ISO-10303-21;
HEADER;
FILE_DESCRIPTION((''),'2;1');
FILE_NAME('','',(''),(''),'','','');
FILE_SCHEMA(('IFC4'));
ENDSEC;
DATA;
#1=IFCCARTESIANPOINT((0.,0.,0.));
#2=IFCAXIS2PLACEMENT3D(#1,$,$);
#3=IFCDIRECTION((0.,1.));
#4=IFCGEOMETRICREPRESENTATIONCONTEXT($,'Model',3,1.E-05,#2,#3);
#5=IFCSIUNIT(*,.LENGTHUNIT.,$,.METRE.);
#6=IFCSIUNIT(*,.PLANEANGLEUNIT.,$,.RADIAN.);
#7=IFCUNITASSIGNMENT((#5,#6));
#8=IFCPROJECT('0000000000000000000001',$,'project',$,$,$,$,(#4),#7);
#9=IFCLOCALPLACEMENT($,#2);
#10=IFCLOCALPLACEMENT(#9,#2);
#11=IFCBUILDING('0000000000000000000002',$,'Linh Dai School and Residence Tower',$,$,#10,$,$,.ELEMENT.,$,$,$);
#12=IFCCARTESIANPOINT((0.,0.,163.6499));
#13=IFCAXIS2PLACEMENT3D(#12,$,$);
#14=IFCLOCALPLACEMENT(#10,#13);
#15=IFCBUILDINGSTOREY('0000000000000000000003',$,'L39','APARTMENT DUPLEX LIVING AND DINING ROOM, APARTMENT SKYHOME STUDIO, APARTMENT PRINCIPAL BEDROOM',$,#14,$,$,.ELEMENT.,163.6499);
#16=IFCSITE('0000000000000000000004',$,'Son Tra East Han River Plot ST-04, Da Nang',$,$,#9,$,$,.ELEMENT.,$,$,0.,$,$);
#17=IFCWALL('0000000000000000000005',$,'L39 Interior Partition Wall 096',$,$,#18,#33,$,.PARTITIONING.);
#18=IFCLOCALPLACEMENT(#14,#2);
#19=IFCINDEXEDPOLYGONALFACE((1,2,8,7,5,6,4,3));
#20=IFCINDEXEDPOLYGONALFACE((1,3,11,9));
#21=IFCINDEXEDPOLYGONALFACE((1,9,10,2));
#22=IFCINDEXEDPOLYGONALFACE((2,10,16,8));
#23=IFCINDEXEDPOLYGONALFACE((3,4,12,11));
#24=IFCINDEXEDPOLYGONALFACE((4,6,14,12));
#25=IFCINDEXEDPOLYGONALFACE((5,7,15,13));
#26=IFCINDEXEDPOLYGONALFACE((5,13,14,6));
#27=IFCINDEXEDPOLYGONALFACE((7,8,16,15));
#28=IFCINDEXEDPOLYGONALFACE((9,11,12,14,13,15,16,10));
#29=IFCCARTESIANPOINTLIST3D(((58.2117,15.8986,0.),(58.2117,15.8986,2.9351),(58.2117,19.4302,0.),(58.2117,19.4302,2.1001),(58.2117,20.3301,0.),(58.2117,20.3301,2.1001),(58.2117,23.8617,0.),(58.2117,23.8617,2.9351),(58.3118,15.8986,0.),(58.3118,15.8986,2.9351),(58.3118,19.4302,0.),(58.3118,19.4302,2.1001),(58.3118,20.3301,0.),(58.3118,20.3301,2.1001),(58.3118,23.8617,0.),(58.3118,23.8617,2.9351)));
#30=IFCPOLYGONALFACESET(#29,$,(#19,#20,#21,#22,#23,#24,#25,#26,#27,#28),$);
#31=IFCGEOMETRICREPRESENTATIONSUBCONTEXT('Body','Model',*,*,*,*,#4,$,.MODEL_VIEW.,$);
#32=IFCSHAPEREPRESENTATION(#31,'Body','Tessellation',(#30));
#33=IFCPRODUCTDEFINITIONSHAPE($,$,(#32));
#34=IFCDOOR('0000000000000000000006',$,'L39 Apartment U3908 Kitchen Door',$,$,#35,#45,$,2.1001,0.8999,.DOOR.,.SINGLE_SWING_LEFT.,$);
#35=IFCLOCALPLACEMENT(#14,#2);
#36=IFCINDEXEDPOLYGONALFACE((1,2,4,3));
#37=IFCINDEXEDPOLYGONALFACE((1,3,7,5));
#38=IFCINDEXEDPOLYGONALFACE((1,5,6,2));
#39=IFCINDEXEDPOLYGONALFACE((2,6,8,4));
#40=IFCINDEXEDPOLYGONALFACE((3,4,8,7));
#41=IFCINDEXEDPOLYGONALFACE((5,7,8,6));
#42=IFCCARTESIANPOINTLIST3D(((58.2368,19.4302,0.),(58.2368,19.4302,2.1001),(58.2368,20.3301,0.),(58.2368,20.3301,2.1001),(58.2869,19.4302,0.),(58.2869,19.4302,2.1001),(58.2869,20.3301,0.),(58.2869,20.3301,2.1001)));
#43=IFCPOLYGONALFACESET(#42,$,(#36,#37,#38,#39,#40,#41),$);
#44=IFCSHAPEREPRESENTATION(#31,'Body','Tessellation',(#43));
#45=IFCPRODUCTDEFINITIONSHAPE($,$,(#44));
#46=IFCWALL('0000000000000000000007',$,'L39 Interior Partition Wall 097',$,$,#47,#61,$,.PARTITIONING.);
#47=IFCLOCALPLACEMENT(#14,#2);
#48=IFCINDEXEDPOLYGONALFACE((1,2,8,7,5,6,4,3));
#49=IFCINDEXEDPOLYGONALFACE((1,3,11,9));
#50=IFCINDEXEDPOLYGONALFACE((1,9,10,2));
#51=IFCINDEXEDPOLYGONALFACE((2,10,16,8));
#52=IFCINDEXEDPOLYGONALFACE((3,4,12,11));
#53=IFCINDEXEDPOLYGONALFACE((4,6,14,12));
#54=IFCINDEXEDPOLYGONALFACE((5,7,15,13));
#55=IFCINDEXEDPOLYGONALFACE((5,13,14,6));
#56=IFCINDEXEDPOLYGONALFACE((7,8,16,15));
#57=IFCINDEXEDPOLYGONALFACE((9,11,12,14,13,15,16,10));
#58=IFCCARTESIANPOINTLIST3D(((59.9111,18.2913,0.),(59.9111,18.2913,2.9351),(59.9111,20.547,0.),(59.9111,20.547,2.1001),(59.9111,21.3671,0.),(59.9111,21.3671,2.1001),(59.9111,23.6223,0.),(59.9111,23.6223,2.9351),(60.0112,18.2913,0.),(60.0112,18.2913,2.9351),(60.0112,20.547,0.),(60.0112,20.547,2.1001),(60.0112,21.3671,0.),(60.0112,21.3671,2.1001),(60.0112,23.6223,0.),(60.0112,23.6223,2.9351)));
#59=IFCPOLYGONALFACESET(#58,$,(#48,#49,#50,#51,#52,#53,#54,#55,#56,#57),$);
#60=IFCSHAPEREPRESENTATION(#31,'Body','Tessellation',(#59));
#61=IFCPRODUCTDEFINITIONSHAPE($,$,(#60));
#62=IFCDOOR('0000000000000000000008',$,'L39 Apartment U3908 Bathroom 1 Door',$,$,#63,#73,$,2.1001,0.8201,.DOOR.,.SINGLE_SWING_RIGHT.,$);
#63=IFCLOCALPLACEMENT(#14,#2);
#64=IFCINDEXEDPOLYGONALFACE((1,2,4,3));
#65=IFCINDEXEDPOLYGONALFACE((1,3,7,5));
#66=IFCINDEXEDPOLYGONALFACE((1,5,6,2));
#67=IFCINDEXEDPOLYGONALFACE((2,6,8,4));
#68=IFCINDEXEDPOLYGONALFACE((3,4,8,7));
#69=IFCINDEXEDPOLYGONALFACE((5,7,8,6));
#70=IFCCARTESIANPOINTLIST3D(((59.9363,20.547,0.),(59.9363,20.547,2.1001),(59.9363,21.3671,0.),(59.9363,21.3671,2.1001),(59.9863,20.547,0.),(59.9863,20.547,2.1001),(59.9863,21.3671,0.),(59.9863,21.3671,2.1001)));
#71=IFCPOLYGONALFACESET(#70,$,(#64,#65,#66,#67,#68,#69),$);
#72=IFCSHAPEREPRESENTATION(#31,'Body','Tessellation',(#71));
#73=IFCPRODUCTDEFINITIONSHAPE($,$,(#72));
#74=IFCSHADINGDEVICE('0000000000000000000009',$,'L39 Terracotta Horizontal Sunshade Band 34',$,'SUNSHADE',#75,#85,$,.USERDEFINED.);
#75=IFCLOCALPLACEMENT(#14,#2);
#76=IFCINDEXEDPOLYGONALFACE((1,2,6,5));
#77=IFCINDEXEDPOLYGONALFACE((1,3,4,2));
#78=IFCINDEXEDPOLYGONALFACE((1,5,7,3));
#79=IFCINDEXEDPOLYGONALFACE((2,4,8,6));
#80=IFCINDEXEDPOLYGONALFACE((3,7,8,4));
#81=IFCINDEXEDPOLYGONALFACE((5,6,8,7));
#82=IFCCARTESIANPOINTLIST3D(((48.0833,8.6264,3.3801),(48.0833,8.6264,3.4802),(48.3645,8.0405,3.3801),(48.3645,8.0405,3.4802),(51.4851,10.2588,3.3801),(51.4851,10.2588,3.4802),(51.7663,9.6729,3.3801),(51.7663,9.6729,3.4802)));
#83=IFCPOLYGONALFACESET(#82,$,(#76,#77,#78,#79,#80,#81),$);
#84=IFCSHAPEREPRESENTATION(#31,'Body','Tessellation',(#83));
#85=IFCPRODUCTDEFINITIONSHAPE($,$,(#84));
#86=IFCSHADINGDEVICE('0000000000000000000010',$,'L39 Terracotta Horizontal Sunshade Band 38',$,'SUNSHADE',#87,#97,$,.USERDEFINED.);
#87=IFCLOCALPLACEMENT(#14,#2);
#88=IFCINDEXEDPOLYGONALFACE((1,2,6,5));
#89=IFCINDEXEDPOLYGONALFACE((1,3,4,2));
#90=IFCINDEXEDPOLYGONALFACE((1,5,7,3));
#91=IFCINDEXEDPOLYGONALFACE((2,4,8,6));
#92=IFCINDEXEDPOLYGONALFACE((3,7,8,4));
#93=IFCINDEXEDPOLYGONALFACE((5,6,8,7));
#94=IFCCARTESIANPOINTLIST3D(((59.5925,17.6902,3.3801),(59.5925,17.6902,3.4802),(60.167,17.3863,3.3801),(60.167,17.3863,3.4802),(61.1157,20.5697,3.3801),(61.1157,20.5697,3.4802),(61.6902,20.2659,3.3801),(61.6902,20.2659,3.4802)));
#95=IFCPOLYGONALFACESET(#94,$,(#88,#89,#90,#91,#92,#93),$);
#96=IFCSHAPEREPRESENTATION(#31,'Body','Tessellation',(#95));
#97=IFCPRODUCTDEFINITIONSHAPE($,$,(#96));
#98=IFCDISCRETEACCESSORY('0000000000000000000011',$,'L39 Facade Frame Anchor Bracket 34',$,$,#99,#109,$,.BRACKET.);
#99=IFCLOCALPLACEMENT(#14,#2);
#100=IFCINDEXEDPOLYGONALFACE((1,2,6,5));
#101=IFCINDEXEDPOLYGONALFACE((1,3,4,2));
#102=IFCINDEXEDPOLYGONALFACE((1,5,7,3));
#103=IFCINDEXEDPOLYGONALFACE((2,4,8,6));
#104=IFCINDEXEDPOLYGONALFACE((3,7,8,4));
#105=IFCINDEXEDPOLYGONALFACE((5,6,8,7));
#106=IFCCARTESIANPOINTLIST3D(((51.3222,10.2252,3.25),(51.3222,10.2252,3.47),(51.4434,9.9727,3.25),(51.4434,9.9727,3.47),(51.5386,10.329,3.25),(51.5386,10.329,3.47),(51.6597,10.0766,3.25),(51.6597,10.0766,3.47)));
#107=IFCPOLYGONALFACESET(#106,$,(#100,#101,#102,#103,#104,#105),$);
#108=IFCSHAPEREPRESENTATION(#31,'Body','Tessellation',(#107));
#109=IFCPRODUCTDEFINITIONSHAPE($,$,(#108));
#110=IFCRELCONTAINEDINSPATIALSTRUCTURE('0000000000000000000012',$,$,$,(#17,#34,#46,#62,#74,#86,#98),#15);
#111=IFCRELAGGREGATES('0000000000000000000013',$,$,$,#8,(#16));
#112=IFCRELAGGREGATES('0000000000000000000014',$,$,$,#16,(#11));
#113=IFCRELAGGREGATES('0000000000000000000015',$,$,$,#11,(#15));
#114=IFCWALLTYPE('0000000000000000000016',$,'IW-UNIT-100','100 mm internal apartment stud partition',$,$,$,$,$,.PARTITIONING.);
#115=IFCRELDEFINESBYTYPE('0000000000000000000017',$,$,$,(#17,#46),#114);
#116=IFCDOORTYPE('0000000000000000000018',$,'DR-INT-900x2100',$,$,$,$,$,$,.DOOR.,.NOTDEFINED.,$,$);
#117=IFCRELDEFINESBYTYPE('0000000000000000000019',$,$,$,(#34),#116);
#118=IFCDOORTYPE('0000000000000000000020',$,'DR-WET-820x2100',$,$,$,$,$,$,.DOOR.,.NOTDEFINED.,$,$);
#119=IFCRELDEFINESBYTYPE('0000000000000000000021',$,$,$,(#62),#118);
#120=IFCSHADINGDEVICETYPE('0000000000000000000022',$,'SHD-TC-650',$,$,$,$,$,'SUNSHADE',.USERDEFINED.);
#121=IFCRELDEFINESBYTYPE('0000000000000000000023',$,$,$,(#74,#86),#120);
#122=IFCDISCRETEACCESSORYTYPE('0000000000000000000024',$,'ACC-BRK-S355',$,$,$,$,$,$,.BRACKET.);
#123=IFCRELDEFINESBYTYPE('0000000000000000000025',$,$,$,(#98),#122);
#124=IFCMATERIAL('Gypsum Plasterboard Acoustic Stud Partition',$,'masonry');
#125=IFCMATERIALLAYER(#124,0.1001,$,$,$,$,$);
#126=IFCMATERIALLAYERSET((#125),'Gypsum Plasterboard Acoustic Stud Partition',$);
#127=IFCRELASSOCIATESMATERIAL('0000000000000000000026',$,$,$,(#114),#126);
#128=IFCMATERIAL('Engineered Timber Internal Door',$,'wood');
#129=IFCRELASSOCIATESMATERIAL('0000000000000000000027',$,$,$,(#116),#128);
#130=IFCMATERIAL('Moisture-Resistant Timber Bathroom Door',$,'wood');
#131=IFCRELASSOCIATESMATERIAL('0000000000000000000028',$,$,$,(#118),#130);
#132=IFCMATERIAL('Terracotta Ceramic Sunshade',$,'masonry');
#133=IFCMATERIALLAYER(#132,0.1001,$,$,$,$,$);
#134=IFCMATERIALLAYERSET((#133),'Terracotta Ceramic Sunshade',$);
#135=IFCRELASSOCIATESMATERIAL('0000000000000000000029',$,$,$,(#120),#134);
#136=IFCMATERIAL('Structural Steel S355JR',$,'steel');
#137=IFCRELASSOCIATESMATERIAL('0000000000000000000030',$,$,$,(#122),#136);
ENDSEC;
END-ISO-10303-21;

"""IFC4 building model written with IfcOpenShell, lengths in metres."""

from ifc_helpers import new_model, si_unit, direction, frame, frame_2d, origin, origin_2d, place, context, subcontext, project, spatial, rectangle, extrude, source, transform, mapped, material, layer, layer_set, type_object, element, fill, save


model = new_model("IFC4")

# Units and contexts
model_context = context("Model", 3, precision=1e-05, world=origin(), true_north=direction((0.0, 1.0)))
body_context = subcontext(model_context, "Body", "Model", "MODEL_VIEW")
ifc_project = project(units=[si_unit("LENGTHUNIT", "METRE"), si_unit("PLANEANGLEUNIT", "RADIAN")], contexts=[model_context])

# Site, building, storey
site_placement = place(None, origin())
site = spatial("IfcSite", under=ifc_project, at=site_placement, Name="Son Tra East Han River Plot ST-04, Da Nang", CompositionType="ELEMENT", RefElevation=0.0)
building_placement = place(site_placement, origin())
building = spatial("IfcBuilding", under=site, at=building_placement, Name="Linh Dai School and Residence Tower", CompositionType="ELEMENT")
storey_placement = place(building_placement, frame((0.0, 0.0, 163.6499)))
storey = spatial("IfcBuildingStorey", under=building, at=storey_placement, Name="L39", Description="APARTMENT DUPLEX LIVING AND DINING ROOM, APARTMENT SKYHOME STUDIO, APARTMENT PRINCIPAL BEDROOM", CompositionType="ELEMENT", Elevation=163.6499)

# Shared definitions
ifc_material_1 = material(Name="Structural Steel S355JR", Category="steel")

# Walls, openings, doors
ifc_material_2 = material(Name="Gypsum Plasterboard Acoustic Stud Partition", Category="masonry")
ifc_layer_1 = layer(ifc_material_2, 0.1001)
ifc_layer_set_1 = layer_set([ifc_layer_1], Name="Gypsum Plasterboard Acoustic Stud Partition")
wall_type_1 = type_object("IfcWallType", Name="IW-UNIT-100", Description="100 mm internal apartment stud partition", PredefinedType="PARTITIONING", material=ifc_layer_set_1)
wall_1_placement = place(storey_placement, frame((58.2617, 15.8987, 0.0), z_axis=(0.0, 0.0, 1.0), x_axis=(0.0, 1.0, 0.0)))
wall_1 = element("IfcWall", 1, at=wall_1_placement, inside=storey, type_object=wall_type_1, Name="L39 Interior Partition Wall 096", PredefinedType="PARTITIONING", context=body_context, shape_type="SweptSolid", body=[
    extrude(rectangle(XDim=7.9631, YDim=0.1001, at=frame_2d((3.9814, 0.0))), origin(), (0.0, 0.0, 1.0), 2.9351),
])
opening_1_placement = place(wall_1_placement, frame((3.5315, 0.0, 0.0)))
opening_1 = element("IfcOpeningElement", 2, at=opening_1_placement, cuts=wall_1, PredefinedType="OPENING", context=body_context, shape_type="SweptSolid", body=[
    extrude(rectangle(XDim=0.8999, YDim=2.1001, at=origin_2d()), frame((0.45, 0.0601, 1.05), z_axis=(0.0, -1.0, 0.0), x_axis=(1.0, 0.0, 0.0)), (0.0, 0.0, 1.0), 0.1201),
])
ifc_material_3 = material(Name="Engineered Timber Internal Door", Category="wood")
door_type_1 = type_object("IfcDoorType", Name="DR-INT-900x2100", OperationType="NOTDEFINED", PredefinedType="DOOR", material=ifc_material_3)
shared_shape_1 = source(origin(), body_context, "Body", "SweptSolid", [
    extrude(rectangle(XDim=0.8999, YDim=2.1001, at=origin_2d()), frame((0.45, 0.0249, 1.05), z_axis=(0.0, -1.0, 0.0), x_axis=(1.0, 0.0, 0.0)), (0.0, 0.0, 1.0), 0.05),
])
door_1_placement = place(opening_1_placement, origin())
door_1 = element("IfcDoor", 3, at=door_1_placement, inside=storey, type_object=door_type_1, Name="L39 Apartment U3908 Kitchen Door", OperationType="SINGLE_SWING_LEFT", OverallHeight=2.1001, OverallWidth=0.8999, PredefinedType="DOOR", context=body_context, shape_type="MappedRepresentation", body=[
    mapped(shared_shape_1, transform((0.0, 0.0, 0.0), x_axis=(1.0, 0.0, 0.0), y_axis=(0.0, 1.0, 0.0), z_axis=(0.0, 0.0, 1.0), scale=1.0)),
])
fill(opening_1, door_1)
wall_2_placement = place(storey_placement, frame((59.9612, 18.2913, 0.0), z_axis=(0.0, 0.0, 1.0), x_axis=(0.0, 1.0, 0.0)))
wall_2 = element("IfcWall", 4, at=wall_2_placement, inside=storey, type_object=wall_type_1, Name="L39 Interior Partition Wall 097", PredefinedType="PARTITIONING", context=body_context, shape_type="SweptSolid", body=[
    extrude(rectangle(XDim=5.3311, YDim=0.1001, at=frame_2d((2.6655, 0.0))), origin(), (0.0, 0.0, 1.0), 2.9351),
])
opening_2_placement = place(wall_2_placement, frame((2.2556, 0.0, 0.0)))
opening_2 = element("IfcOpeningElement", 5, at=opening_2_placement, cuts=wall_2, PredefinedType="OPENING", context=body_context, shape_type="SweptSolid", body=[
    extrude(rectangle(XDim=0.8201, YDim=2.1001, at=origin_2d()), frame((0.4102, 0.0601, 1.05), z_axis=(0.0, -1.0, 0.0), x_axis=(1.0, 0.0, 0.0)), (0.0, 0.0, 1.0), 0.1201),
])
ifc_material_4 = material(Name="Moisture-Resistant Timber Bathroom Door", Category="wood")
door_type_2 = type_object("IfcDoorType", Name="DR-WET-820x2100", OperationType="NOTDEFINED", PredefinedType="DOOR", material=ifc_material_4)
shared_shape_2 = source(origin(), body_context, "Body", "SweptSolid", [
    extrude(rectangle(XDim=0.8201, YDim=2.1001, at=origin_2d()), frame((0.4102, 0.0249, 1.05), z_axis=(0.0, -1.0, 0.0), x_axis=(1.0, 0.0, 0.0)), (0.0, 0.0, 1.0), 0.05),
])
door_2_placement = place(opening_2_placement, origin())
door_2 = element("IfcDoor", 6, at=door_2_placement, inside=storey, type_object=door_type_2, Name="L39 Apartment U3908 Bathroom 1 Door", OperationType="SINGLE_SWING_RIGHT", OverallHeight=2.1001, OverallWidth=0.8201, PredefinedType="DOOR", context=body_context, shape_type="MappedRepresentation", body=[
    mapped(shared_shape_2, transform((0.0, 0.0, 0.0), x_axis=(1.0, 0.0, 0.0), y_axis=(0.0, 1.0, 0.0), z_axis=(0.0, 0.0, 1.0), scale=1.0)),
])
fill(opening_2, door_2)

# Shading devices
ifc_material_5 = material(Name="Terracotta Ceramic Sunshade", Category="masonry")
ifc_layer_2 = layer(ifc_material_5, 0.1001)
ifc_layer_set_2 = layer_set([ifc_layer_2], Name="Terracotta Ceramic Sunshade")
shading_device_type = type_object("IfcShadingDeviceType", Name="SHD-TC-650", ElementType="SUNSHADE", PredefinedType="USERDEFINED", material=ifc_layer_set_2)
shared_shape_3 = source(origin(), body_context, "Body", "SweptSolid", [
    extrude(rectangle(XDim=3.7732, YDim=0.6499, at=origin_2d()), origin(), (0.0, 0.0, 1.0), 0.1001),
])
shading_device_1_placement = place(storey_placement, frame((49.9248, 9.1497, 3.3801), z_axis=(0.0, 0.0, 1.0), x_axis=(-0.901569, -0.432635, 0.0)))
element("IfcShadingDevice", 7, at=shading_device_1_placement, inside=storey, type_object=shading_device_type, Name="L39 Terracotta Horizontal Sunshade Band 34", ObjectType="SUNSHADE", PredefinedType="USERDEFINED", context=body_context, shape_type="MappedRepresentation", body=[
    mapped(shared_shape_3, transform((0.0, 0.0, 0.0), x_axis=(1.0, 0.0, 0.0), y_axis=(0.0, 1.0, 0.0), z_axis=(0.0, 0.0, 1.0), scale=1.0)),
])
shared_shape_4 = source(origin(), body_context, "Body", "SweptSolid", [
    extrude(rectangle(XDim=3.2576, YDim=0.6499, at=origin_2d()), origin(), (0.0, 0.0, 1.0), 0.1001),
])
shading_device_2_placement = place(storey_placement, frame((60.6414, 18.978, 3.3801), z_axis=(0.0, 0.0, 1.0), x_axis=(-0.46758, -0.883951, 0.0)))
element("IfcShadingDevice", 8, at=shading_device_2_placement, inside=storey, type_object=shading_device_type, Name="L39 Terracotta Horizontal Sunshade Band 38", ObjectType="SUNSHADE", PredefinedType="USERDEFINED", context=body_context, shape_type="MappedRepresentation", body=[
    mapped(shared_shape_4, transform((0.0, 0.0, 0.0), x_axis=(1.0, 0.0, 0.0), y_axis=(0.0, 1.0, 0.0), z_axis=(0.0, 0.0, 1.0), scale=1.0)),
])

# Discrete accessory
discrete_accessory_type = type_object("IfcDiscreteAccessoryType", Name="ACC-BRK-S355", PredefinedType="BRACKET", material=ifc_material_1)
shared_shape_5 = source(origin(), body_context, "Body", "SweptSolid", [
    extrude(rectangle(XDim=0.28, YDim=0.24, at=origin_2d()), origin(), (0.0, 0.0, 1.0), 0.22),
])
discrete_accessory_placement = place(storey_placement, frame((51.491, 10.1509, 3.25), z_axis=(0.0, 0.0, 1.0), x_axis=(0.432635, -0.901569, 0.0)))
element("IfcDiscreteAccessory", 9, at=discrete_accessory_placement, inside=storey, type_object=discrete_accessory_type, Name="L39 Facade Frame Anchor Bracket 34", PredefinedType="BRACKET", context=body_context, shape_type="MappedRepresentation", body=[
    mapped(shared_shape_5, transform((0.0, 0.0, 0.0), x_axis=(1.0, 0.0, 0.0), y_axis=(0.0, 1.0, 0.0), z_axis=(0.0, 0.0, 1.0), scale=1.0)),
])

save(model, "model.ifc")
